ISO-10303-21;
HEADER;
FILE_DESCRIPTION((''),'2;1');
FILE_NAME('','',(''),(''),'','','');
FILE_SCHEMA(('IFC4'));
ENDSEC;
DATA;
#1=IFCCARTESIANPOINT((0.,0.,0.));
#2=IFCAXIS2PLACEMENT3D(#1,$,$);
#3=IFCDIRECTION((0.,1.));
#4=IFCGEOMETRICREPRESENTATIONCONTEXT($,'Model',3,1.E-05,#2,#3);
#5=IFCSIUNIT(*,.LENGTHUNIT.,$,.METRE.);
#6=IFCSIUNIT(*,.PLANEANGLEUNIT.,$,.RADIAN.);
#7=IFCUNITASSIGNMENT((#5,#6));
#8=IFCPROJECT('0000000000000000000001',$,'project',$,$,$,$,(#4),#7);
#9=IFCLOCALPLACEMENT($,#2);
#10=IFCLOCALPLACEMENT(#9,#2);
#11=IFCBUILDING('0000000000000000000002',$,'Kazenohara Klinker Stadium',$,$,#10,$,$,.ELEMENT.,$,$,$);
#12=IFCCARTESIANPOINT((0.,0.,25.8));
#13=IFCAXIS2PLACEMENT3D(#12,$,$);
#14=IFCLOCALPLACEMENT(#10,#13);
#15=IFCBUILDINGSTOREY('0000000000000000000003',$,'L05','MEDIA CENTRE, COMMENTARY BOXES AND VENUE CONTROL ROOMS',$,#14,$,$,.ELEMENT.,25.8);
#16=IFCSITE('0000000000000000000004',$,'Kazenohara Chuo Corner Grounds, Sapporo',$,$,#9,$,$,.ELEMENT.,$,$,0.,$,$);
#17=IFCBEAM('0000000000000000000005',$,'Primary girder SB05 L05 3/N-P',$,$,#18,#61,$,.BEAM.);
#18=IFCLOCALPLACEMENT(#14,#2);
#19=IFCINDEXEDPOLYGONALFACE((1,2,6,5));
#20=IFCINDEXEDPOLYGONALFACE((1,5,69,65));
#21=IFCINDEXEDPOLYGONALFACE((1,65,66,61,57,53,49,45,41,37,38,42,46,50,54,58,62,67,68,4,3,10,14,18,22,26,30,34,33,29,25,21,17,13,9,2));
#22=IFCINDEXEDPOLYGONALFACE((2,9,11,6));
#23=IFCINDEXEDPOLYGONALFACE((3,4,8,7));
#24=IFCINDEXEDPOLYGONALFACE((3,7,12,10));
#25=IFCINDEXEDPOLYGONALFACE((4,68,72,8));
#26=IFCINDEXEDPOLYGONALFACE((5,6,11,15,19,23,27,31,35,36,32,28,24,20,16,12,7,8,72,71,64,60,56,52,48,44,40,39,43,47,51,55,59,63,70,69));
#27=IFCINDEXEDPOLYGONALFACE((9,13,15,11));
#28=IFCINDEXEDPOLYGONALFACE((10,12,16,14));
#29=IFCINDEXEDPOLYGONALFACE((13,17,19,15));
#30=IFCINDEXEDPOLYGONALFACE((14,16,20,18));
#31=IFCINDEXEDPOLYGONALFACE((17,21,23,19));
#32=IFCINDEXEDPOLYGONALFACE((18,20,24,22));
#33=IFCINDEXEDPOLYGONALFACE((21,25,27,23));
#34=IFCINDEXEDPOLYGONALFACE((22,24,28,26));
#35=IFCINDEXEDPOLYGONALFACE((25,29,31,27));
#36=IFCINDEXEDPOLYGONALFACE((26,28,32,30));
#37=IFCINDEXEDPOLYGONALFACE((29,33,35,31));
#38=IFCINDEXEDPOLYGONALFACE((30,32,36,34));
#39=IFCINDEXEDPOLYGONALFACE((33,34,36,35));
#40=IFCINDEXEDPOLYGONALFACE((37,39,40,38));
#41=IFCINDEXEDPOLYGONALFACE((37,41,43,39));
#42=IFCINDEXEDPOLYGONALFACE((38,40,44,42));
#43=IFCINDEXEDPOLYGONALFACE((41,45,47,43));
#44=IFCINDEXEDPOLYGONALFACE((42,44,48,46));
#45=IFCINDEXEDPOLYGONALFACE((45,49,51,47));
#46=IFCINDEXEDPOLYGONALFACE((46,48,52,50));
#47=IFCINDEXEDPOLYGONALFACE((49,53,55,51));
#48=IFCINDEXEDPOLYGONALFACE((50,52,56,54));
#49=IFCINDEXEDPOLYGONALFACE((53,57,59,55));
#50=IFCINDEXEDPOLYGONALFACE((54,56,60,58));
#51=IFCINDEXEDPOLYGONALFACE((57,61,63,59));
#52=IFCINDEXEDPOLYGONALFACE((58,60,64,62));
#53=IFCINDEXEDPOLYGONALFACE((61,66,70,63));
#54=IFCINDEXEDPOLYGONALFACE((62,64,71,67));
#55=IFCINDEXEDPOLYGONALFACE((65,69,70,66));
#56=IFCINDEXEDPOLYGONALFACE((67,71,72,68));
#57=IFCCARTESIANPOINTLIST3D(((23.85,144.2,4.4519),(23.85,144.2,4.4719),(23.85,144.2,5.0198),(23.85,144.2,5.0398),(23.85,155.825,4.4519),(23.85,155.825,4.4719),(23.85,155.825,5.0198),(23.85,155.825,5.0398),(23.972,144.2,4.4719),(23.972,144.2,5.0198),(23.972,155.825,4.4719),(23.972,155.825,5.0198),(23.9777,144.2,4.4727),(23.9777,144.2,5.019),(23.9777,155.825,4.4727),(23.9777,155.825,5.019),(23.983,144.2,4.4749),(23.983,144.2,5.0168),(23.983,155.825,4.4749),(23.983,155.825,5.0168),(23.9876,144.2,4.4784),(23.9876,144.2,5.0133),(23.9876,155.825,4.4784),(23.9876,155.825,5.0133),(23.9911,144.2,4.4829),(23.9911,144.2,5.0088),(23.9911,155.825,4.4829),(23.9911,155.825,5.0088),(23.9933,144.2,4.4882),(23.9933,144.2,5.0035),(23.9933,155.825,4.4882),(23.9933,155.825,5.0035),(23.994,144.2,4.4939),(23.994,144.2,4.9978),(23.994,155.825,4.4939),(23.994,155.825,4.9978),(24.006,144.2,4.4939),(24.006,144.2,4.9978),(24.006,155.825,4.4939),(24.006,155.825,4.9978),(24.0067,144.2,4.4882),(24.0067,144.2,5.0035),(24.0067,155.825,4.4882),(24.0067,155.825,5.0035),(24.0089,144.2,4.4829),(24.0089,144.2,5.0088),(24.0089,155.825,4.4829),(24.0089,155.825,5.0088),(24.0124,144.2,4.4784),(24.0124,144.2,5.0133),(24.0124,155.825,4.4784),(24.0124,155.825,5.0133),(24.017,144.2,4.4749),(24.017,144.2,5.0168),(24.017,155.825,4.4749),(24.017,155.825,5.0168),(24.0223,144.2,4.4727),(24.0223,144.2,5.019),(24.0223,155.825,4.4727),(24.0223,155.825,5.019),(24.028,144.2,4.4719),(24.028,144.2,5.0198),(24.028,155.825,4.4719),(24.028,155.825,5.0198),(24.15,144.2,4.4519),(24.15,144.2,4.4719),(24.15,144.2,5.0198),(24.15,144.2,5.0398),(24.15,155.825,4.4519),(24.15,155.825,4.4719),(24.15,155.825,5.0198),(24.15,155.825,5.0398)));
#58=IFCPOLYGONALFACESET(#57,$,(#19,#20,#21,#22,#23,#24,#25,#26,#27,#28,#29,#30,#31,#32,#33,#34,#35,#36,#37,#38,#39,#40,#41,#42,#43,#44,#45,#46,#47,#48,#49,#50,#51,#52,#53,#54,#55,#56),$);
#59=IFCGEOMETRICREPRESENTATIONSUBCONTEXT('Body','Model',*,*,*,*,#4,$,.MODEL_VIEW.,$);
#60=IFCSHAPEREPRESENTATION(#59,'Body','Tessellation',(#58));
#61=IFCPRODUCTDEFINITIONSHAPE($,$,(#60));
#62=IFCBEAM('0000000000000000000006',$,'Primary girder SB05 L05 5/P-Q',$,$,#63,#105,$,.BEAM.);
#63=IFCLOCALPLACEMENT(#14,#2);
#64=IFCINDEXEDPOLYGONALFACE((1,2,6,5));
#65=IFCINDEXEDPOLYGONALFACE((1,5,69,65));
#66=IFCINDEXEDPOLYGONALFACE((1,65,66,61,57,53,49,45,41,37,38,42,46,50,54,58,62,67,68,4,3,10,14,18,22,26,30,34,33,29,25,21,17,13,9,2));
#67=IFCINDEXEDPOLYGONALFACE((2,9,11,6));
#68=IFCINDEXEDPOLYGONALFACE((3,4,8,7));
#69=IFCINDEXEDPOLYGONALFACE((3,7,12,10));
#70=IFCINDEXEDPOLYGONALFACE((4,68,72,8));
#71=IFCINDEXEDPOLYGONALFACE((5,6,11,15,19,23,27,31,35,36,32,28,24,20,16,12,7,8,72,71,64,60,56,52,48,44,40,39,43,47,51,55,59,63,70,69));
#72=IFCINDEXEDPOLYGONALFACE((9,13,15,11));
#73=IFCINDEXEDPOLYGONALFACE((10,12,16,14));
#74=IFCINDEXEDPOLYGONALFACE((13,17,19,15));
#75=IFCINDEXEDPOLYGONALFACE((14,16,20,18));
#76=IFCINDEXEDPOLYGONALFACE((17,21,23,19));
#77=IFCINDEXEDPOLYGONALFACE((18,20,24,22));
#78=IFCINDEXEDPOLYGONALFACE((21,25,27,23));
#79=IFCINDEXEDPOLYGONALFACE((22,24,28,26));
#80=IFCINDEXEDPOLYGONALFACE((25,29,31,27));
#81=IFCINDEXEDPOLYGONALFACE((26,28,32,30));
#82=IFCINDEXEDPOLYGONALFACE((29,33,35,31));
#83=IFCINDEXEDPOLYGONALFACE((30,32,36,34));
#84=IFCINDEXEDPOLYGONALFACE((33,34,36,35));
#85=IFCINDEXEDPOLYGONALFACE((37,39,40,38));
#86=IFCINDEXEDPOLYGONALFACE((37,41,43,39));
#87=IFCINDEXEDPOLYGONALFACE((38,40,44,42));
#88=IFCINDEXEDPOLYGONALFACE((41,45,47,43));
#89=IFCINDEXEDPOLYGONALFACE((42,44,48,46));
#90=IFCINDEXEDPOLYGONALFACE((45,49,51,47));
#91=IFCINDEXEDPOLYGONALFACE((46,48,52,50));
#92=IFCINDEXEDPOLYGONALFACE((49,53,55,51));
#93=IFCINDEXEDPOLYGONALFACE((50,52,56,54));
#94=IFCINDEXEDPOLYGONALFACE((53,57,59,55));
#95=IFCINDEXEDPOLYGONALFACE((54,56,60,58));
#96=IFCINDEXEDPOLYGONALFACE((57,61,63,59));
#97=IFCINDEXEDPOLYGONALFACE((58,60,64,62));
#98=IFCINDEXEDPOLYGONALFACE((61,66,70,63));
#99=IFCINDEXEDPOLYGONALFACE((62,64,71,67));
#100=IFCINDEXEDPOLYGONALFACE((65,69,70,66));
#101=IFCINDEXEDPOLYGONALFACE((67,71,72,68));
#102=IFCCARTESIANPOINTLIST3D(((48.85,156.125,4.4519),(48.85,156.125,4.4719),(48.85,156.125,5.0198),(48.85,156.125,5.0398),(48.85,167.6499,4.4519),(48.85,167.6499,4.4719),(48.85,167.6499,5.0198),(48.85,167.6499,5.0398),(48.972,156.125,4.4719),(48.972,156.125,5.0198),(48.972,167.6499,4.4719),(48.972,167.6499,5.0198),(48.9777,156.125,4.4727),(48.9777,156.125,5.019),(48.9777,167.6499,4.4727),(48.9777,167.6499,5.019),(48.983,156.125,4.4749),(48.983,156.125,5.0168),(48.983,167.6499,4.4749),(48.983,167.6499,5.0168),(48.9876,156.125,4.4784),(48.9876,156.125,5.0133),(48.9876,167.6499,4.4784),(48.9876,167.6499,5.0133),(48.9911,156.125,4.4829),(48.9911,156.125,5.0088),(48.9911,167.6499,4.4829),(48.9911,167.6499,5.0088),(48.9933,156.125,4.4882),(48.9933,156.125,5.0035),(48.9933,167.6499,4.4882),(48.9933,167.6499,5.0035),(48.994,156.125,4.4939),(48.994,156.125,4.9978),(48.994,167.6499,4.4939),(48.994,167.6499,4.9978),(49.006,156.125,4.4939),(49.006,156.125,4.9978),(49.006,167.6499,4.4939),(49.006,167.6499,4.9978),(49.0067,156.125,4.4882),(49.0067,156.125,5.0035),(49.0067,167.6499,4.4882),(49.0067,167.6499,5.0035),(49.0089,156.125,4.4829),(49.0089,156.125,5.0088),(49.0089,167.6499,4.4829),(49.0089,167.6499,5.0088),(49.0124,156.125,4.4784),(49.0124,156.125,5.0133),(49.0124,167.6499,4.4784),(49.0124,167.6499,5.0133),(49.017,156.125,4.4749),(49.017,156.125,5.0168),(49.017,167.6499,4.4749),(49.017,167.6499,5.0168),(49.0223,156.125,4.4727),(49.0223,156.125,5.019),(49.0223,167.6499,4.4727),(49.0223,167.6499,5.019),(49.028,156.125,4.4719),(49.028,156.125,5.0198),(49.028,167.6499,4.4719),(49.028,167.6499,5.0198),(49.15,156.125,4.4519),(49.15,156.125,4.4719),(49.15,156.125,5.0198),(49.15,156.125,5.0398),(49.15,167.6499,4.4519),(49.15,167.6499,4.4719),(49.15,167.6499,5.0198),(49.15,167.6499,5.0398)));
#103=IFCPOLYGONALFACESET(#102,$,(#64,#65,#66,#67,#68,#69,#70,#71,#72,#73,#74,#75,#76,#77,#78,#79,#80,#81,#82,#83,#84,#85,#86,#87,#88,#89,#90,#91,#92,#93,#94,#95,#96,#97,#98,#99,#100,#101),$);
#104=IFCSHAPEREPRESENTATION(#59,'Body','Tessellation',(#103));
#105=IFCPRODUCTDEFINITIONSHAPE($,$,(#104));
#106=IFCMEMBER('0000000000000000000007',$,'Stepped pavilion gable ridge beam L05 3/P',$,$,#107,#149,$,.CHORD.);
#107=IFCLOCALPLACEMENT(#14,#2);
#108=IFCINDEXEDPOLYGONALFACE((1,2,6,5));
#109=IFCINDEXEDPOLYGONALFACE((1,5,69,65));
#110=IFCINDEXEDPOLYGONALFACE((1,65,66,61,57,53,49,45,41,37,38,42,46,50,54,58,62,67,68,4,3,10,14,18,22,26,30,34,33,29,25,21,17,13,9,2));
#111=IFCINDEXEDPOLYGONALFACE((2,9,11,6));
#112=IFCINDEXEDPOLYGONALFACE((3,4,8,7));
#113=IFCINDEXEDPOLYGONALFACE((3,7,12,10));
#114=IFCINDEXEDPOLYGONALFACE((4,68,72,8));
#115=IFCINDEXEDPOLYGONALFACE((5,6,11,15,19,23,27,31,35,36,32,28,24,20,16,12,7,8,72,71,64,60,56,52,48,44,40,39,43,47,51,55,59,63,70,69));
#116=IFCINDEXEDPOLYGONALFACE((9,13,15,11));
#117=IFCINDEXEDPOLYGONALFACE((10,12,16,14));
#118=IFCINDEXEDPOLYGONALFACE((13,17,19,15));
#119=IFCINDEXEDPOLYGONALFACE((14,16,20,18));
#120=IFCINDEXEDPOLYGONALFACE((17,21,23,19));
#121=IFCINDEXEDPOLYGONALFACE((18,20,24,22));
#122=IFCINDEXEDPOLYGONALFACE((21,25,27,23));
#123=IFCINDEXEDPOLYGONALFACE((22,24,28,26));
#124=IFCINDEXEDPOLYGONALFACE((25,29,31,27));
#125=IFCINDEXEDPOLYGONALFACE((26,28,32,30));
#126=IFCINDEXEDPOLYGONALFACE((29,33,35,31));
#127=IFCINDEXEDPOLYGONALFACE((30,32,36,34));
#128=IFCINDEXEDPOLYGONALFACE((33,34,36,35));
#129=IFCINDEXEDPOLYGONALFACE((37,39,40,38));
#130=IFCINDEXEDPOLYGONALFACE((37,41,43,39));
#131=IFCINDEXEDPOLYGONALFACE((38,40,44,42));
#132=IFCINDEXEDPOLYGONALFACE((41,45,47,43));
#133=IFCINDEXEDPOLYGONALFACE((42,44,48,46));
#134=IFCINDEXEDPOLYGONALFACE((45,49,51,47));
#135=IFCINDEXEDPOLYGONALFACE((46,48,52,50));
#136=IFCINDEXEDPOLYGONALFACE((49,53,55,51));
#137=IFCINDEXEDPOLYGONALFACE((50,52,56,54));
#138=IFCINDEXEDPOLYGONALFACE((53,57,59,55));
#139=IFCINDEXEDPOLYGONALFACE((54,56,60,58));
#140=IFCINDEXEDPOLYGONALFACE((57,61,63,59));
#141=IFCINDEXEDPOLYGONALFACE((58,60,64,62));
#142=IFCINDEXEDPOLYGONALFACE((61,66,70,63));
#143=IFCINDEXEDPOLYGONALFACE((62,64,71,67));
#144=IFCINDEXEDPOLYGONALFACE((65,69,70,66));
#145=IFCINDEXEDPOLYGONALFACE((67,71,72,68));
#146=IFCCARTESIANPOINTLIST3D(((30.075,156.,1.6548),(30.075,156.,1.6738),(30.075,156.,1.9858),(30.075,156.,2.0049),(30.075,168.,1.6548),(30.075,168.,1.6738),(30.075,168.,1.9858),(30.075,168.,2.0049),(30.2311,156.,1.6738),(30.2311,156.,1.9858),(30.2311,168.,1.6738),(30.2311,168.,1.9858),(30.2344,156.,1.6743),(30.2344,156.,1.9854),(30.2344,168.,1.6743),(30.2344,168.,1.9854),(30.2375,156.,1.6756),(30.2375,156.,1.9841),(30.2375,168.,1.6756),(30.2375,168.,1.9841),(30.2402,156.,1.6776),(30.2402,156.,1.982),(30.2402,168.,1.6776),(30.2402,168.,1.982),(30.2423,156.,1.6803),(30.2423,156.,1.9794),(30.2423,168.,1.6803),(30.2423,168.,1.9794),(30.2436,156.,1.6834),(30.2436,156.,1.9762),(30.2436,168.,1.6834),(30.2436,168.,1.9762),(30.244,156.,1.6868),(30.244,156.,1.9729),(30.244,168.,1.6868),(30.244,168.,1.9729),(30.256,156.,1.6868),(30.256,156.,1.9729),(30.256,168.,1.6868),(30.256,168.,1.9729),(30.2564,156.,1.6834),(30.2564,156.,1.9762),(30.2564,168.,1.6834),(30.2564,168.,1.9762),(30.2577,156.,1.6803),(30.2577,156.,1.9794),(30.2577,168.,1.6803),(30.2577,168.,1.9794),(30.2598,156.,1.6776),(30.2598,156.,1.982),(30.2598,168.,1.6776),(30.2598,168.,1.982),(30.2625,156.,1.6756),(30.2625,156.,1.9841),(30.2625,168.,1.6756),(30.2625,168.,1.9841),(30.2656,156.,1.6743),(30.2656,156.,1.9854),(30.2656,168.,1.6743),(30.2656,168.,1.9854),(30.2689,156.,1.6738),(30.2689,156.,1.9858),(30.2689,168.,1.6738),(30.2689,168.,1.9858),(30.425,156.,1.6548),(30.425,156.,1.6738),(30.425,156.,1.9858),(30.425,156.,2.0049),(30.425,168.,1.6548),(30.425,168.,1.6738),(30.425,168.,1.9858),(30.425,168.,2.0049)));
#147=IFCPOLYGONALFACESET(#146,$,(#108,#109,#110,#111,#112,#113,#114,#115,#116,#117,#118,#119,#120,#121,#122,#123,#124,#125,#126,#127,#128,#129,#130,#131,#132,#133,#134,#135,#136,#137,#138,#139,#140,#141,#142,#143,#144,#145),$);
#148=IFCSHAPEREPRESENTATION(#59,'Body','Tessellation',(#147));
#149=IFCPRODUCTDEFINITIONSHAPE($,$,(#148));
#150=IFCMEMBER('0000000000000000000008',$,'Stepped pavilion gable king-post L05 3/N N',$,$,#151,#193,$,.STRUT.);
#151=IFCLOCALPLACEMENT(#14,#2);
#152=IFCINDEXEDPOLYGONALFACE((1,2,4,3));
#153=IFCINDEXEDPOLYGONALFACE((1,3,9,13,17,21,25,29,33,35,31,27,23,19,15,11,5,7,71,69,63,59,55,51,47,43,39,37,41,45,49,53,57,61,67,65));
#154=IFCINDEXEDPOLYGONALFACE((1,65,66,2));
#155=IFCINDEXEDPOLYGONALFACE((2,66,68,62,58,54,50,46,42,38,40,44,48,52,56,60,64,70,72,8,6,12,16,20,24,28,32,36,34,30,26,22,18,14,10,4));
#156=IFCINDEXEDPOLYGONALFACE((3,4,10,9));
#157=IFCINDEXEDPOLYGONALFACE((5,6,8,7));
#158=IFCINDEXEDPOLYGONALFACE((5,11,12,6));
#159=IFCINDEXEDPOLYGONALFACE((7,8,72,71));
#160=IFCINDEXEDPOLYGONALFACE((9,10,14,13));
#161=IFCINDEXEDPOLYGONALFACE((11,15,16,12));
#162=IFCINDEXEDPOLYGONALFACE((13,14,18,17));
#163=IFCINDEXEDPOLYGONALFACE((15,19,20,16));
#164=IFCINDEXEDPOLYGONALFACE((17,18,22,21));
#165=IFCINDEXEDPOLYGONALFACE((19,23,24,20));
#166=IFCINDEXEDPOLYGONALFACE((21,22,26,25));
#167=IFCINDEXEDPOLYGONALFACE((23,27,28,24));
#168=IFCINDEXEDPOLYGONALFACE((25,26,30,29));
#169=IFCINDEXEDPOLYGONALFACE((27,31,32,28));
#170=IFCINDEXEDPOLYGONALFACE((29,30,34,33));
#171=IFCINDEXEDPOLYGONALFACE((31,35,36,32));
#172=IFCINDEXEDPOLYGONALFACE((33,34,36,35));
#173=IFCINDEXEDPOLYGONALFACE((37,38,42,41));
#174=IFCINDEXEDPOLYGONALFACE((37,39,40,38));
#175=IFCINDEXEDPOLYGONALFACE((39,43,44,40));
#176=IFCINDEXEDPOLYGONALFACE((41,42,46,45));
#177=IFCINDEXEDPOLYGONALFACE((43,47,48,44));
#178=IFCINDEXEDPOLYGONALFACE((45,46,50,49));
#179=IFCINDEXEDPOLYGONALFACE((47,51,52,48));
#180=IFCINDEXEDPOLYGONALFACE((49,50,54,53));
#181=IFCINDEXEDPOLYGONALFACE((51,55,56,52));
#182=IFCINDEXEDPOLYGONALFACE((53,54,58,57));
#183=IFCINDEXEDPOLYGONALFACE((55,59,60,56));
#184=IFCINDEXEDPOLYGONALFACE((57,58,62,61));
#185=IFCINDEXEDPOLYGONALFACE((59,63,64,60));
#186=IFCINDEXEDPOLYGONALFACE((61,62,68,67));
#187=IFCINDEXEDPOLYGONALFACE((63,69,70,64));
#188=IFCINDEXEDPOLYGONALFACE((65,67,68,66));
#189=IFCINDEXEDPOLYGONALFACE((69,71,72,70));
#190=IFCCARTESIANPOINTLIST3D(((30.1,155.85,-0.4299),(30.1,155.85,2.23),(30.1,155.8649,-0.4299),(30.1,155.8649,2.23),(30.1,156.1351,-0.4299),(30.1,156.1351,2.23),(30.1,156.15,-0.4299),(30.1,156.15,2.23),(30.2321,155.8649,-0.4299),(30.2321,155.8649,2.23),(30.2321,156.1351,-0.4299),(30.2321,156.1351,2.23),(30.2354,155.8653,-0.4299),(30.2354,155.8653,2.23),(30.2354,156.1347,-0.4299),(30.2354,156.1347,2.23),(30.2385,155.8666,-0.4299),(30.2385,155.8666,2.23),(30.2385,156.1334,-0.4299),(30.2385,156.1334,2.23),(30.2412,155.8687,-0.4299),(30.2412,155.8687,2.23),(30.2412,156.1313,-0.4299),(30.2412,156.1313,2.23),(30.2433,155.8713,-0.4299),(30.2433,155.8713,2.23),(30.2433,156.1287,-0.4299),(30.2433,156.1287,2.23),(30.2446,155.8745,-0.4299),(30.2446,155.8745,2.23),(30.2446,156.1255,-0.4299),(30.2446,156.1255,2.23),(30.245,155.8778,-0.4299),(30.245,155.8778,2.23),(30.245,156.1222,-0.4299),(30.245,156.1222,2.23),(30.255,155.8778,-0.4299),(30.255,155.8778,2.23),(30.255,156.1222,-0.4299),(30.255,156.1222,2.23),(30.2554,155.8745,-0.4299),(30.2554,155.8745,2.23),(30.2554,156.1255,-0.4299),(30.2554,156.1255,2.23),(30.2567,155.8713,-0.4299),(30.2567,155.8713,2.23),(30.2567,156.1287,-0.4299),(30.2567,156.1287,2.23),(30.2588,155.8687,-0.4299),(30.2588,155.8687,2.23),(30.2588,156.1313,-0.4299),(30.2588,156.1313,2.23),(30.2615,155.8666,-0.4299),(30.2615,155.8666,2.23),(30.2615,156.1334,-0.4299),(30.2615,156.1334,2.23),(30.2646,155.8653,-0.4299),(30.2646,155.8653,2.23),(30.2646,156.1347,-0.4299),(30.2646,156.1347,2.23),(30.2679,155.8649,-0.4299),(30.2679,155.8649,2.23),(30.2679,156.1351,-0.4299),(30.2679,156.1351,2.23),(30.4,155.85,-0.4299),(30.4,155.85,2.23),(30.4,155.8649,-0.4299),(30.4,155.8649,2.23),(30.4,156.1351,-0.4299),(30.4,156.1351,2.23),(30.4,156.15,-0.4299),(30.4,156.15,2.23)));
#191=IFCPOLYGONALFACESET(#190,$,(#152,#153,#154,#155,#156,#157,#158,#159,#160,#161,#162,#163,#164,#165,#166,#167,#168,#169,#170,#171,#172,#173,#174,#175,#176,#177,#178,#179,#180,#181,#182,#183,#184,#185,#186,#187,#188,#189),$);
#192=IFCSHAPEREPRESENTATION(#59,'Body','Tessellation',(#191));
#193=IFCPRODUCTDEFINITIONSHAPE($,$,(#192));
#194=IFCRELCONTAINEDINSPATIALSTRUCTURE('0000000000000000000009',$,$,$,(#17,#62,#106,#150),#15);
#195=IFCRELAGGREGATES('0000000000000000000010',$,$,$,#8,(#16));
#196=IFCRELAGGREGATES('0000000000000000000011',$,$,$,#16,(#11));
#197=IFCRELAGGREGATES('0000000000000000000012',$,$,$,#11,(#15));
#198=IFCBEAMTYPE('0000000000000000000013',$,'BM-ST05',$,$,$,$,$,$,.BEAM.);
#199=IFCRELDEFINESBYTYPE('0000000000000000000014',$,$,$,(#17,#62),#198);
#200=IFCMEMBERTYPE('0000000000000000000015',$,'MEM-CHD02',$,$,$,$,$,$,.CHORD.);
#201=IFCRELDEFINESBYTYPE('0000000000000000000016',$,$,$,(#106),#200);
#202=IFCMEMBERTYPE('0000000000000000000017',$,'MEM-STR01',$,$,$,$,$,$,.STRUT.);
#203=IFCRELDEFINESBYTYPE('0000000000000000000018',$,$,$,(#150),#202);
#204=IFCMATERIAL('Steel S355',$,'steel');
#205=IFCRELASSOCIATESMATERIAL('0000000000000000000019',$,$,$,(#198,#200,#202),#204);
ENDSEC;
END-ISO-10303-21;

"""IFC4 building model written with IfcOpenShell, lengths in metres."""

from ifc_helpers import new_model, si_unit, direction, frame, origin, origin_2d, place, context, subcontext, project, spatial, i_section, extrude, material, material_profile, profile_set, type_object, element, save


model = new_model("IFC4")

# Units and contexts
model_context = context("Model", 3, precision=1e-05, world=origin(), true_north=direction((0.0, 1.0)))
body_context = subcontext(model_context, "Body", "Model", "MODEL_VIEW")
ifc_project = project(units=[si_unit("LENGTHUNIT", "METRE"), si_unit("PLANEANGLEUNIT", "RADIAN")], contexts=[model_context])

# Site, building, storey
site_placement = place(None, origin())
site = spatial("IfcSite", under=ifc_project, at=site_placement, Name="Kazenohara Chuo Corner Grounds, Sapporo", CompositionType="ELEMENT", RefElevation=0.0)
building_placement = place(site_placement, origin())
building = spatial("IfcBuilding", under=site, at=building_placement, Name="Kazenohara Klinker Stadium", CompositionType="ELEMENT")
storey_placement = place(building_placement, frame((0.0, 0.0, 25.8)))
storey = spatial("IfcBuildingStorey", under=building, at=storey_placement, Name="L05", Description="MEDIA CENTRE, COMMENTARY BOXES AND VENUE CONTROL ROOMS", CompositionType="ELEMENT", Elevation=25.8)

# Shared definitions
ifc_material_1 = material(Name="Steel S355", Category="steel")

# Beams
ifc_material_profile_1 = material_profile(ifc_material_1, i_section(OverallWidth=0.3, OverallDepth=0.5879, WebThickness=0.012, FlangeThickness=0.02, FilletRadius=0.022, at=origin_2d()), Name="H-588x300x12x20")
ifc_profile_set_1 = profile_set([ifc_material_profile_1], Name="Steel S355")
beam_type_1 = type_object("IfcBeamType", Name="BM-ST05", PredefinedType="BEAM", material=ifc_profile_set_1)
beam_1_placement = place(storey_placement, frame((24.0, 144.2, 4.7458), z_axis=(0.0, 1.0, 0.0), x_axis=(-1.0, 0.0, 0.0)))
element("IfcBeam", 1, at=beam_1_placement, inside=storey, type_object=beam_type_1, Name="Primary girder SB05 L05 3/N-P", PredefinedType="BEAM", context=body_context, shape_type="SweptSolid", body=[
    extrude(i_section(OverallWidth=0.3, OverallDepth=0.5879, WebThickness=0.012, FlangeThickness=0.02, FilletRadius=0.022, at=origin_2d()), origin(), (0.0, 0.0, 1.0), 11.625),
])
beam_2_placement = place(storey_placement, frame((49.0, 156.125, 4.7458), z_axis=(0.0, 1.0, 0.0), x_axis=(-1.0, 0.0, 0.0)))
element("IfcBeam", 2, at=beam_2_placement, inside=storey, type_object=beam_type_1, Name="Primary girder SB05 L05 5/P-Q", PredefinedType="BEAM", context=body_context, shape_type="SweptSolid", body=[
    extrude(i_section(OverallWidth=0.3, OverallDepth=0.5879, WebThickness=0.012, FlangeThickness=0.02, FilletRadius=0.022, at=origin_2d()), origin(), (0.0, 0.0, 1.0), 11.5249),
])

# Members
ifc_material_profile_2 = material_profile(ifc_material_1, i_section(OverallWidth=0.3501, OverallDepth=0.3501, WebThickness=0.012, FlangeThickness=0.019, FilletRadius=0.0129, at=origin_2d()), Name="H-350x350x12x19")
ifc_profile_set_2 = profile_set([ifc_material_profile_2], Name="Steel S355")
member_type_1 = type_object("IfcMemberType", Name="MEM-CHD02", PredefinedType="CHORD", material=ifc_profile_set_2)
member_1_placement = place(storey_placement, frame((30.25, 156.0, 1.8298), z_axis=(0.0, 1.0, 0.0), x_axis=(-1.0, 0.0, 0.0)))
element("IfcMember", 3, at=member_1_placement, inside=storey, type_object=member_type_1, Name="Stepped pavilion gable ridge beam L05 3/P", PredefinedType="CHORD", context=body_context, shape_type="SweptSolid", body=[
    extrude(i_section(OverallWidth=0.3501, OverallDepth=0.3501, WebThickness=0.012, FlangeThickness=0.019, FilletRadius=0.0129, at=origin_2d()), origin(), (0.0, 0.0, 1.0), 12.0),
])
ifc_material_profile_3 = material_profile(ifc_material_1, i_section(OverallWidth=0.3, OverallDepth=0.3, WebThickness=0.01, FlangeThickness=0.0149, FilletRadius=0.0129, at=origin_2d()), Name="H-300x300x10x15")
ifc_profile_set_3 = profile_set([ifc_material_profile_3], Name="Steel S355")
member_type_2 = type_object("IfcMemberType", Name="MEM-STR01", PredefinedType="STRUT", material=ifc_profile_set_3)
member_2_placement = place(storey_placement, frame((30.25, 156.0, -0.4299), z_axis=(0.0, 0.0, 1.0), x_axis=(1.0, 0.0, 0.0)))
element("IfcMember", 4, at=member_2_placement, inside=storey, type_object=member_type_2, Name="Stepped pavilion gable king-post L05 3/N N", PredefinedType="STRUT", context=body_context, shape_type="SweptSolid", body=[
    extrude(i_section(OverallWidth=0.3, OverallDepth=0.3, WebThickness=0.01, FlangeThickness=0.0149, FilletRadius=0.0129, at=origin_2d()), origin(), (0.0, 0.0, 1.0), 2.6599),
])

save(model, "model.ifc")
